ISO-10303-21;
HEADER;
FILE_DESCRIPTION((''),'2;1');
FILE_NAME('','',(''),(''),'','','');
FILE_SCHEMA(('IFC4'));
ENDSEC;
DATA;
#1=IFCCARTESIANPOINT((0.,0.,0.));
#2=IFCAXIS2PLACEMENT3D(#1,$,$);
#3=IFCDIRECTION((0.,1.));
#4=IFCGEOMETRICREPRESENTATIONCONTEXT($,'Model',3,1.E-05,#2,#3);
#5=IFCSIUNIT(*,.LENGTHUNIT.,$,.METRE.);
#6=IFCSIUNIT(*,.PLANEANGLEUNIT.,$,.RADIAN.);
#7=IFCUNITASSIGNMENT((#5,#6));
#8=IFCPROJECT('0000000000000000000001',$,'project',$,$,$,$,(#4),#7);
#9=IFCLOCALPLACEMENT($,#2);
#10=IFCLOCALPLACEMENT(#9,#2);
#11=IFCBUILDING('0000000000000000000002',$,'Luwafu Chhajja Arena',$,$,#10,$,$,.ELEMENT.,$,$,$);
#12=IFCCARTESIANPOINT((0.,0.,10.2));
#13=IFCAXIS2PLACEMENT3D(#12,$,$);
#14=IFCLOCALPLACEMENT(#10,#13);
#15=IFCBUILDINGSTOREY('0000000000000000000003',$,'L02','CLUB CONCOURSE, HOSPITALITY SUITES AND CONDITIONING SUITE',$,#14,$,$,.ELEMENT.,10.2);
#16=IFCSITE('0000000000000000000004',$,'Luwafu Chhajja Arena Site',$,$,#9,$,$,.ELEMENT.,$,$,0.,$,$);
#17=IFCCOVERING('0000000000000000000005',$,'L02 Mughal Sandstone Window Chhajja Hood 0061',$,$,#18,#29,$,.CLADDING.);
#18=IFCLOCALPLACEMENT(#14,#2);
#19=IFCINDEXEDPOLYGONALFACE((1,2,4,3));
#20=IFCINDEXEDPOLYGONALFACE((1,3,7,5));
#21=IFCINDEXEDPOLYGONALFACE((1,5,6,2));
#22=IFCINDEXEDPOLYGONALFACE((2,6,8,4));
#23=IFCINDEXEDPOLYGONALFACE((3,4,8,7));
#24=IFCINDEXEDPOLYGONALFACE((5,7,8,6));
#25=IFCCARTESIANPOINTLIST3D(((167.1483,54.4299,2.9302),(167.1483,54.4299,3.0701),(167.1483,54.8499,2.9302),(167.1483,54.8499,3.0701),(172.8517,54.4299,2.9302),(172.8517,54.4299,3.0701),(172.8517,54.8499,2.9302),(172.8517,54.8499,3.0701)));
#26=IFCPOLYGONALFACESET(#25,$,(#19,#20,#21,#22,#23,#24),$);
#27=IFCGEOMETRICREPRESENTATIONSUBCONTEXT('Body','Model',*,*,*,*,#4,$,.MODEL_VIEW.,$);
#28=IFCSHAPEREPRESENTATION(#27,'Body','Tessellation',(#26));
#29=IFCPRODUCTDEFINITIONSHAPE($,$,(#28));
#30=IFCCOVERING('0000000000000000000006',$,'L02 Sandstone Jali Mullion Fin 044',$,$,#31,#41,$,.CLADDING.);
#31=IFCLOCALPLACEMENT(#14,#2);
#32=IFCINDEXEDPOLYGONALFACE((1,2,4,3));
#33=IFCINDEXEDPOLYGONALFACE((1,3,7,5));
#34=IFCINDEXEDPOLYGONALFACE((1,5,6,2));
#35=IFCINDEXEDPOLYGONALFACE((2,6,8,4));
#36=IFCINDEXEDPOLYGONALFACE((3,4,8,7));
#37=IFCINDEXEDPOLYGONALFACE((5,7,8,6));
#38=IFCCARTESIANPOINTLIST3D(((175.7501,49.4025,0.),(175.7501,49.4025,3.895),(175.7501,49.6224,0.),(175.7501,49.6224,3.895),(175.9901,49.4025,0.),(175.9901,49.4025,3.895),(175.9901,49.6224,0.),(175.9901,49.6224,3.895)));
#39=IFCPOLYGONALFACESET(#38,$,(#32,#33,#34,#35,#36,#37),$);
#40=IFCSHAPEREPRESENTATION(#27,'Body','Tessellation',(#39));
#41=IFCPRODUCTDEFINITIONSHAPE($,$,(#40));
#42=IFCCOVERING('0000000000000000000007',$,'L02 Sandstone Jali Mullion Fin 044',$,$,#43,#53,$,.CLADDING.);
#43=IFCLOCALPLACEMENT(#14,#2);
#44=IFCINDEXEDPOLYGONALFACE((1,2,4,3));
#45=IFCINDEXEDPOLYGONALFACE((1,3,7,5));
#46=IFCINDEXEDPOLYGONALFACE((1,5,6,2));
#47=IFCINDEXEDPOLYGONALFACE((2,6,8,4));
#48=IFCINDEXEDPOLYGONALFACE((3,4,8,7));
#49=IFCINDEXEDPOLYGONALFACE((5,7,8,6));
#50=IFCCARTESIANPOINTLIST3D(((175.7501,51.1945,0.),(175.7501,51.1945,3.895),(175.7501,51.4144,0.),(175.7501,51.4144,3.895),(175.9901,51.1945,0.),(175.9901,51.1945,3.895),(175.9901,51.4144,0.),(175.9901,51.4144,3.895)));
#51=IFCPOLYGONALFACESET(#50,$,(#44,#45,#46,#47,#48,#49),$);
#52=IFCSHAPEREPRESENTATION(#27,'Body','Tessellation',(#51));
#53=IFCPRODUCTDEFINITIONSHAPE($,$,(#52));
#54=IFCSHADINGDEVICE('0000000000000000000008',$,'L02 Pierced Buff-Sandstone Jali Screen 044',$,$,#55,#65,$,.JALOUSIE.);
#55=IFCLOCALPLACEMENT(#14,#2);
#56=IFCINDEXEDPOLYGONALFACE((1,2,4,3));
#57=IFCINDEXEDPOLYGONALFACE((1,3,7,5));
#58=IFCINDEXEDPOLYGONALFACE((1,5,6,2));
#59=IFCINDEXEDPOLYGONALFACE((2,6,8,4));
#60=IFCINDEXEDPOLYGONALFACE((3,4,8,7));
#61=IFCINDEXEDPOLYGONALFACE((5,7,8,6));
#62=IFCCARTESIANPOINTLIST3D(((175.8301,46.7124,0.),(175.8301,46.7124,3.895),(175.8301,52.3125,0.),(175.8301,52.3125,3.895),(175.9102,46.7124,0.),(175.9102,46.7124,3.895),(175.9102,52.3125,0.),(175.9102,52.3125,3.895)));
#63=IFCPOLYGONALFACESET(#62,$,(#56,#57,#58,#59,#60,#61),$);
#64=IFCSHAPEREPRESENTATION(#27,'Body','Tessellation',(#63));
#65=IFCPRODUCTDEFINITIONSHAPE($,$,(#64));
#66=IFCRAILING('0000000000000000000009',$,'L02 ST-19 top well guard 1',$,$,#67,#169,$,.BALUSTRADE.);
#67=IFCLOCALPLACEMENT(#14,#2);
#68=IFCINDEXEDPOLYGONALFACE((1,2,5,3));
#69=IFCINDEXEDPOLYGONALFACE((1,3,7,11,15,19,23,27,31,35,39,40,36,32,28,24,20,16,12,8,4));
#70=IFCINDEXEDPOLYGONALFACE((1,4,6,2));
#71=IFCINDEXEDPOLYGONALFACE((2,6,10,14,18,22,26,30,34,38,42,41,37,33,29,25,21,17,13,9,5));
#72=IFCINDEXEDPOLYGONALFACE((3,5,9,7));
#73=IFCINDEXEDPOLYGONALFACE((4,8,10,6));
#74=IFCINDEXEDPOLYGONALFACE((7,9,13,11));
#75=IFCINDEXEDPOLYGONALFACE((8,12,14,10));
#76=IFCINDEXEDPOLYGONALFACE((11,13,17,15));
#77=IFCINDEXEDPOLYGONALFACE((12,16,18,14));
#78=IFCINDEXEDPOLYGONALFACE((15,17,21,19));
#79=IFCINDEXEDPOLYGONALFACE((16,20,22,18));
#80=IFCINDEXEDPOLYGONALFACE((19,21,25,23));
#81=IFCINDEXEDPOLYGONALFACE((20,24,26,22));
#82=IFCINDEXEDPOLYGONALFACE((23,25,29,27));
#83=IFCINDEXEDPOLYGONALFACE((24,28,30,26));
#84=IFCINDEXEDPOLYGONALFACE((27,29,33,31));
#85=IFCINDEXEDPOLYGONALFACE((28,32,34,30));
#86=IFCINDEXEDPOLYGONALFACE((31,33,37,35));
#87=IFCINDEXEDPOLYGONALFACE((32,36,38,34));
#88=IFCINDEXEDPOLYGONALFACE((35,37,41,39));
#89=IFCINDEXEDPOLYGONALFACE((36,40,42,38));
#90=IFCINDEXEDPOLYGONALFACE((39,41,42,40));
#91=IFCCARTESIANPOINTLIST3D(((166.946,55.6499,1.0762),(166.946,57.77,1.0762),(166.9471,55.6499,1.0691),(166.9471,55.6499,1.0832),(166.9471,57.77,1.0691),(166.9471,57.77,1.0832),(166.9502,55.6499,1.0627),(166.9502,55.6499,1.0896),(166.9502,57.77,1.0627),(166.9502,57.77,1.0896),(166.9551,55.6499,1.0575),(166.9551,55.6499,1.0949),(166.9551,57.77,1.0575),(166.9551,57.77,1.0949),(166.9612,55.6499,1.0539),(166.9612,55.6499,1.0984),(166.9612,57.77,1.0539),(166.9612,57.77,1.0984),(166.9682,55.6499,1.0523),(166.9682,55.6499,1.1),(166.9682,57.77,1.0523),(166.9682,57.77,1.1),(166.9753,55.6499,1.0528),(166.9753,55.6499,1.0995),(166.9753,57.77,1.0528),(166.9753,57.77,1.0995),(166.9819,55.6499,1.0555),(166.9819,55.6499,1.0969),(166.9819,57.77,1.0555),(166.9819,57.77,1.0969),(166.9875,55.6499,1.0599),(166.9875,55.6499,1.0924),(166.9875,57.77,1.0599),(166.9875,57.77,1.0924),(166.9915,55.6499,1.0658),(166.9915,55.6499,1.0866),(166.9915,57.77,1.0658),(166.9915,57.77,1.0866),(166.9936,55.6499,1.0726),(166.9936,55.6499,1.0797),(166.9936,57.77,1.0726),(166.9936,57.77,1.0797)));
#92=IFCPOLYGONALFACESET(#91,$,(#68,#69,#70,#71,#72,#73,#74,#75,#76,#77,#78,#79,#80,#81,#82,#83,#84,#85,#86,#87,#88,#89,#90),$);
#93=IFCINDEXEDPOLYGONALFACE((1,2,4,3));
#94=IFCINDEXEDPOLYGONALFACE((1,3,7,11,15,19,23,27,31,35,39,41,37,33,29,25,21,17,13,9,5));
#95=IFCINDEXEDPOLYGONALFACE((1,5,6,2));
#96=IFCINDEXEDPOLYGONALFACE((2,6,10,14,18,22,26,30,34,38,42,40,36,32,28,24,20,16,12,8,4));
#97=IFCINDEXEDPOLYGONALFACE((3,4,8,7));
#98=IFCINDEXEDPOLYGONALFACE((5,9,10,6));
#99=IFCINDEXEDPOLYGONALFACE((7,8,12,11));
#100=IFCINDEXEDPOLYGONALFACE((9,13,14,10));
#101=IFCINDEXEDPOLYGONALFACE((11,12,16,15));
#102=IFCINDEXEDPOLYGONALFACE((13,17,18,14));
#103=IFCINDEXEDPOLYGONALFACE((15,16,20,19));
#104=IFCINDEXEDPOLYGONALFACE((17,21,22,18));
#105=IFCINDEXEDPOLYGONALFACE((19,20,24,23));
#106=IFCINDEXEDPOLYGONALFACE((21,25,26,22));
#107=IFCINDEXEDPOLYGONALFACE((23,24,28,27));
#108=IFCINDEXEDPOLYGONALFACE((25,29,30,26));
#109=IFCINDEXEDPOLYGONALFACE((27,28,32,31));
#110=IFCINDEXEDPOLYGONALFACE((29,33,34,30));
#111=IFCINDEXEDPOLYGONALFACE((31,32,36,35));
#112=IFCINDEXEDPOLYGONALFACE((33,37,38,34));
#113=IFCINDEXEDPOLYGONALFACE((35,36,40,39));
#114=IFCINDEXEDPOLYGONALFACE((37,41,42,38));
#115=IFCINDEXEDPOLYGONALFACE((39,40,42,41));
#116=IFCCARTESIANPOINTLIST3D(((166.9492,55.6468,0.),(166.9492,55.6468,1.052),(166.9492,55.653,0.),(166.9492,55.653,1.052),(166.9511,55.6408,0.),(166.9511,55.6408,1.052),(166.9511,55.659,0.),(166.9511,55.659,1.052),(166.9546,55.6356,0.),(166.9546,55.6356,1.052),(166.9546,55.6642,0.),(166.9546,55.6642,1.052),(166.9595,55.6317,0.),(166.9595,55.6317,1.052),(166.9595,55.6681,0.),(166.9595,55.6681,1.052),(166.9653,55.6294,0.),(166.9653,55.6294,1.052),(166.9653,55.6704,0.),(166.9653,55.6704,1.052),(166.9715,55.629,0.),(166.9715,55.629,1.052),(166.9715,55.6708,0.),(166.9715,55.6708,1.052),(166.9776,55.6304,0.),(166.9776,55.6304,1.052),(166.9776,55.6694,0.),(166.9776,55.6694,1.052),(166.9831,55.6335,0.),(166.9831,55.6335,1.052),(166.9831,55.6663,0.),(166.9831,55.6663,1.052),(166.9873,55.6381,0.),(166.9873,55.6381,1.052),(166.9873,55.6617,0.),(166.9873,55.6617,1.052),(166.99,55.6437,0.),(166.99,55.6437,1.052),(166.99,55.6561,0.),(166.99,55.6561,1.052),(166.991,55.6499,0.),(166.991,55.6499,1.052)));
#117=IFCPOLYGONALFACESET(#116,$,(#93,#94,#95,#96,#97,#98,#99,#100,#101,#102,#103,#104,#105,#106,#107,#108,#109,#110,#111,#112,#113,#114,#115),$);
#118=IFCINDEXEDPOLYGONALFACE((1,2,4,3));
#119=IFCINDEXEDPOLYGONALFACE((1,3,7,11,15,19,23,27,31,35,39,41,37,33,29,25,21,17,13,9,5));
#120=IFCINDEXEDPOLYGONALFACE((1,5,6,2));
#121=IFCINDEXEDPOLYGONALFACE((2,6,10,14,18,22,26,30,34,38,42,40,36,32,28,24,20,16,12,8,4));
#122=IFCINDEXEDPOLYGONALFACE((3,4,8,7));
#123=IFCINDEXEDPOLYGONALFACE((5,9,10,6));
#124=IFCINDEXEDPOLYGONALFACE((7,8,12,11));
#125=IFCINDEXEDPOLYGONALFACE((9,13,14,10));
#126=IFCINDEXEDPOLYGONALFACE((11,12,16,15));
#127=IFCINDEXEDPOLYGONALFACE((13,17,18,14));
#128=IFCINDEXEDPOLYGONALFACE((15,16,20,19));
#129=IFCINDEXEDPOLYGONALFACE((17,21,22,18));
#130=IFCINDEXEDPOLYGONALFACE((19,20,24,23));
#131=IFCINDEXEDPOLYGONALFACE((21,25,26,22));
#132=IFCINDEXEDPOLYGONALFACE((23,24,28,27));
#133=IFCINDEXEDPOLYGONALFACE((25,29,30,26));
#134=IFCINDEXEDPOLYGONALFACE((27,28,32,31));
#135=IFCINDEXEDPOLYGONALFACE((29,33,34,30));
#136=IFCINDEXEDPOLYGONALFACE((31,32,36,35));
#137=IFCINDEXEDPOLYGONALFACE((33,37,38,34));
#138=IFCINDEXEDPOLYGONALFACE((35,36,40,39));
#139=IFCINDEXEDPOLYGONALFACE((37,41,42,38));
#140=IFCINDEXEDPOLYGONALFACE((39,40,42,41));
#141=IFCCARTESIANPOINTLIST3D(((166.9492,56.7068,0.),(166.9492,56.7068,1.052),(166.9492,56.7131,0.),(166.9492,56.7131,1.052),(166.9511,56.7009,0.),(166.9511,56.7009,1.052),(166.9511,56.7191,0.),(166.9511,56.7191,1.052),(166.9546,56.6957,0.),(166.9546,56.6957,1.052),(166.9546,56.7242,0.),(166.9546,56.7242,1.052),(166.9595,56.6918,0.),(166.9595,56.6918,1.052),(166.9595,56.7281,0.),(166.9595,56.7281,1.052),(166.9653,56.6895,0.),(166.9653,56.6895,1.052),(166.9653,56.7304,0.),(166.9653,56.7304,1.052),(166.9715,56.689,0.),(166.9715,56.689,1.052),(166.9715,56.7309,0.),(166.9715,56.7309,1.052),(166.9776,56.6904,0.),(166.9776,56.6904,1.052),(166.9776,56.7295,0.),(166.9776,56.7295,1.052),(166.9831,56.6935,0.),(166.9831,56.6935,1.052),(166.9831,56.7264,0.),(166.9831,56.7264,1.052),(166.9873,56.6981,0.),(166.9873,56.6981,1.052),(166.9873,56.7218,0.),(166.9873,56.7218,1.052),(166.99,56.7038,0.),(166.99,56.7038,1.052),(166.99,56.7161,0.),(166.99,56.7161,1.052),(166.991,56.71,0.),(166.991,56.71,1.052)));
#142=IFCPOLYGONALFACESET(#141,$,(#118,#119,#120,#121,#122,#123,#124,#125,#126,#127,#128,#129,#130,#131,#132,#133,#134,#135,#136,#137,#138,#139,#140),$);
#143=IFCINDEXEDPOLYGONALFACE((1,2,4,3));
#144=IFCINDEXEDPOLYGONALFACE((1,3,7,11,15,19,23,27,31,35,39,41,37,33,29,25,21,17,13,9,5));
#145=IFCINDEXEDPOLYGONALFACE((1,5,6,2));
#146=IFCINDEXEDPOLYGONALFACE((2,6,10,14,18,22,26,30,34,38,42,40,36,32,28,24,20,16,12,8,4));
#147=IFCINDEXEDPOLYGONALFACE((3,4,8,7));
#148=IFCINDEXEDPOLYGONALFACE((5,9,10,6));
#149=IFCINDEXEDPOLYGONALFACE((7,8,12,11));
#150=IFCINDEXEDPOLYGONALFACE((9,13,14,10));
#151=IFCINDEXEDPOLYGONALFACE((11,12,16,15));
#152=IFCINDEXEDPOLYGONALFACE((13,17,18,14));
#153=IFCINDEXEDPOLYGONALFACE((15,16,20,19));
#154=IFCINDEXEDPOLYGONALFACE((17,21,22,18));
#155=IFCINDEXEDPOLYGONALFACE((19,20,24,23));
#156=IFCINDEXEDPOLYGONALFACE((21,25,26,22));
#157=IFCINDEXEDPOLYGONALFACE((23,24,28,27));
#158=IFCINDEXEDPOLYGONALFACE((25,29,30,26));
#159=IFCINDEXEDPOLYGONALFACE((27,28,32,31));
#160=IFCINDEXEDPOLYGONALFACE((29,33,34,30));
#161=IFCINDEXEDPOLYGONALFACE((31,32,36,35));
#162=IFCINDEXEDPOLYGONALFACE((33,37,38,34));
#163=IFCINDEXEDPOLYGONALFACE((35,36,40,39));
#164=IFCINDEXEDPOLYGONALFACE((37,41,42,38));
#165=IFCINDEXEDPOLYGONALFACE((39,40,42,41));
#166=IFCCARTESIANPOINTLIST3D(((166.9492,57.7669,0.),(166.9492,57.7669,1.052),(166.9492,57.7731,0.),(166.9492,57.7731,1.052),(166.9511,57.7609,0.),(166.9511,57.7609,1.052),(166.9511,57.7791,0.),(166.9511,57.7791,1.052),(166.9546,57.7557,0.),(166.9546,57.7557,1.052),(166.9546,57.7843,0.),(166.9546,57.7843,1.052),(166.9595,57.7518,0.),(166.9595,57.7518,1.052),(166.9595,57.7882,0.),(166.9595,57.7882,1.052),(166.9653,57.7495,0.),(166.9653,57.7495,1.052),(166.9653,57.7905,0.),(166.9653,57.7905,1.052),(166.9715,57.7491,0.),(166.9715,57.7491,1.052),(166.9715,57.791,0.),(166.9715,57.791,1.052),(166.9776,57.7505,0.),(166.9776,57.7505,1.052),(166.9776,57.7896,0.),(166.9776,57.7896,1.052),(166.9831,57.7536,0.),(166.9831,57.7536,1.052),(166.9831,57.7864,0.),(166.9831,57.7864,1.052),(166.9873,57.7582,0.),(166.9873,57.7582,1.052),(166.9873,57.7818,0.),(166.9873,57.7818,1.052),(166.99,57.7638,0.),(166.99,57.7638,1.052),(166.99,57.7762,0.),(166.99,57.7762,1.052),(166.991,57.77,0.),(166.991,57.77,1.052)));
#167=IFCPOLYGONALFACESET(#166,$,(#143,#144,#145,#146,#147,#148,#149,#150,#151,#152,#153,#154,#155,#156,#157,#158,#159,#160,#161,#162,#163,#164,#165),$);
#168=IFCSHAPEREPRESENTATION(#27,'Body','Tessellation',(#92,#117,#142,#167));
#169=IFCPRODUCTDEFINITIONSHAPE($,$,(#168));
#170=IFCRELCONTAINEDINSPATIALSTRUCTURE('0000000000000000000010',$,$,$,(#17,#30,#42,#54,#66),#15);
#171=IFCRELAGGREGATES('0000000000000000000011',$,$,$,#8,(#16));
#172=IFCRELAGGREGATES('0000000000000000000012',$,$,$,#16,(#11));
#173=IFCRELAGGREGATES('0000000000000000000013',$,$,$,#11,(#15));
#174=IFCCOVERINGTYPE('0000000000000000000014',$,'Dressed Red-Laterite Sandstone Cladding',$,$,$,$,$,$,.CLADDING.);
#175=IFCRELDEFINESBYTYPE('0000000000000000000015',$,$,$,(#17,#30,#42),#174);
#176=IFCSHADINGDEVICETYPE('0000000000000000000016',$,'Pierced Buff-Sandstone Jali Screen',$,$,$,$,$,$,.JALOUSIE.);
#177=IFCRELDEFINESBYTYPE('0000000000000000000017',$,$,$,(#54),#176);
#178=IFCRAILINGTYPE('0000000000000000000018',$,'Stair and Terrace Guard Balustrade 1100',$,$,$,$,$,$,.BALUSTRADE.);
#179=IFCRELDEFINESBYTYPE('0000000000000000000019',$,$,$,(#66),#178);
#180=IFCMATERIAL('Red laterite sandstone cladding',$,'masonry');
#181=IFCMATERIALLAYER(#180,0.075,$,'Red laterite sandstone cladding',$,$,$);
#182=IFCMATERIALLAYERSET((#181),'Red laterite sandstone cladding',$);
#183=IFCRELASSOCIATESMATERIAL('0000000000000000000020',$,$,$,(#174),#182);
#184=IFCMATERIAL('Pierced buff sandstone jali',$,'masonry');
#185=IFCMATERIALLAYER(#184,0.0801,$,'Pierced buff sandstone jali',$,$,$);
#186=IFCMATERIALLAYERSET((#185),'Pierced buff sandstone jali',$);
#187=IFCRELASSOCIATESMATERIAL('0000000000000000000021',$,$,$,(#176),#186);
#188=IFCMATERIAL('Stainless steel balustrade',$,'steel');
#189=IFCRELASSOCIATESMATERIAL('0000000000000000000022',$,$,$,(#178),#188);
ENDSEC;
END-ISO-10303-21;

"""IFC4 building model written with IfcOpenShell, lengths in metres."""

from ifc_helpers import new_model, si_unit, direction, frame, origin, origin_2d, place, context, subcontext, project, spatial, rectangle, circle, extrude, material, layer, layer_set, type_object, element, save


model = new_model("IFC4")

# Units and contexts
model_context = context("Model", 3, precision=1e-05, world=origin(), true_north=direction((0.0, 1.0)))
body_context = subcontext(model_context, "Body", "Model", "MODEL_VIEW")
ifc_project = project(units=[si_unit("LENGTHUNIT", "METRE"), si_unit("PLANEANGLEUNIT", "RADIAN")], contexts=[model_context])

# Site, building, storey
site_placement = place(None, origin())
site = spatial("IfcSite", under=ifc_project, at=site_placement, Name="Luwafu Chhajja Arena Site", CompositionType="ELEMENT", RefElevation=0.0)
building_placement = place(site_placement, origin())
building = spatial("IfcBuilding", under=site, at=building_placement, Name="Luwafu Chhajja Arena", CompositionType="ELEMENT")
storey_placement = place(building_placement, frame((0.0, 0.0, 10.2)))
storey = spatial("IfcBuildingStorey", under=building, at=storey_placement, Name="L02", Description="CLUB CONCOURSE, HOSPITALITY SUITES AND CONDITIONING SUITE", CompositionType="ELEMENT", Elevation=10.2)

# Coverings
ifc_material_1 = material(Name="Red laterite sandstone cladding", Category="masonry")
ifc_layer_1 = layer(ifc_material_1, 0.075, Name="Red laterite sandstone cladding")
ifc_layer_set_1 = layer_set([ifc_layer_1], Name="Red laterite sandstone cladding")
covering_type = type_object("IfcCoveringType", Name="Dressed Red-Laterite Sandstone Cladding", PredefinedType="CLADDING", material=ifc_layer_set_1)
covering_1_placement = place(storey_placement, frame((170.0, 54.6399, 2.9302), z_axis=(0.0, 0.0, 1.0), x_axis=(1.0, 0.0, 0.0)))
element("IfcCovering", 1, at=covering_1_placement, inside=storey, type_object=covering_type, Name="L02 Mughal Sandstone Window Chhajja Hood 0061", PredefinedType="CLADDING", context=body_context, shape_type="SweptSolid", body=[
    extrude(rectangle(XDim=5.7034, YDim=0.4199, at=origin_2d()), origin(), (0.0, 0.0, 1.0), 0.1399),
])
for number, where, z_axis, x_axis, name in (
    (2, (175.8701, 49.5125, 0.0), (0.0, 0.0, 1.0), (0.0, 1.0, 0.0), "L02 Sandstone Jali Mullion Fin 044"),
    (3, (175.8701, 51.3044, 0.0), (0.0, 0.0, 1.0), (0.0, 1.0, 0.0), "L02 Sandstone Jali Mullion Fin 044"),
):
    element("IfcCovering", number, at=place(storey_placement, frame(where, z_axis=z_axis, x_axis=x_axis)), inside=storey, type_object=covering_type, Name=name, PredefinedType="CLADDING", context=body_context, shape_type="SweptSolid", body=[
        extrude(rectangle(XDim=0.22, YDim=0.24, at=origin_2d()), origin(), (0.0, 0.0, 1.0), 3.895),
    ])

# Shading device
ifc_material_2 = material(Name="Pierced buff sandstone jali", Category="masonry")
ifc_layer_2 = layer(ifc_material_2, 0.0801, Name="Pierced buff sandstone jali")
ifc_layer_set_2 = layer_set([ifc_layer_2], Name="Pierced buff sandstone jali")
shading_device_type = type_object("IfcShadingDeviceType", Name="Pierced Buff-Sandstone Jali Screen", PredefinedType="JALOUSIE", material=ifc_layer_set_2)
shading_device_placement = place(storey_placement, frame((175.8701, 49.5125, 0.0), z_axis=(0.0, 0.0, 1.0), x_axis=(0.0, 1.0, 0.0)))
element("IfcShadingDevice", 4, at=shading_device_placement, inside=storey, type_object=shading_device_type, Name="L02 Pierced Buff-Sandstone Jali Screen 044", PredefinedType="JALOUSIE", context=body_context, shape_type="SweptSolid", body=[
    extrude(rectangle(XDim=5.6001, YDim=0.0801, at=origin_2d()), origin(), (0.0, 0.0, 1.0), 3.895),
])

# Railing
ifc_material_3 = material(Name="Stainless steel balustrade", Category="steel")
railing_type = type_object("IfcRailingType", Name="Stair and Terrace Guard Balustrade 1100", PredefinedType="BALUSTRADE", material=ifc_material_3)
railing_1_placement = place(storey_placement, frame((166.97, 55.6499, 0.0)))
element("IfcRailing", 5, at=railing_1_placement, inside=storey, type_object=railing_type, Name="L02 ST-19 top well guard 1", PredefinedType="BALUSTRADE", context=body_context, shape_type="SweptSolid", body=[
    extrude(circle(Radius=0.0239, at=origin_2d()), frame((0.0, 0.0, 1.0762), z_axis=(0.0, 1.0, 0.0), x_axis=(-1.0, 0.0, 0.0)), (0.0, 0.0, 1.0), 2.1201),
    extrude(circle(Radius=0.021, at=origin_2d()), origin(), (0.0, 0.0, 1.0), 1.052),
    extrude(circle(Radius=0.021, at=origin_2d()), frame((0.0, 1.0601, 0.0)), (0.0, 0.0, 1.0), 1.052),
    extrude(circle(Radius=0.021, at=origin_2d()), frame((0.0, 2.1201, 0.0)), (0.0, 0.0, 1.0), 1.052),
])

save(model, "model.ifc")
